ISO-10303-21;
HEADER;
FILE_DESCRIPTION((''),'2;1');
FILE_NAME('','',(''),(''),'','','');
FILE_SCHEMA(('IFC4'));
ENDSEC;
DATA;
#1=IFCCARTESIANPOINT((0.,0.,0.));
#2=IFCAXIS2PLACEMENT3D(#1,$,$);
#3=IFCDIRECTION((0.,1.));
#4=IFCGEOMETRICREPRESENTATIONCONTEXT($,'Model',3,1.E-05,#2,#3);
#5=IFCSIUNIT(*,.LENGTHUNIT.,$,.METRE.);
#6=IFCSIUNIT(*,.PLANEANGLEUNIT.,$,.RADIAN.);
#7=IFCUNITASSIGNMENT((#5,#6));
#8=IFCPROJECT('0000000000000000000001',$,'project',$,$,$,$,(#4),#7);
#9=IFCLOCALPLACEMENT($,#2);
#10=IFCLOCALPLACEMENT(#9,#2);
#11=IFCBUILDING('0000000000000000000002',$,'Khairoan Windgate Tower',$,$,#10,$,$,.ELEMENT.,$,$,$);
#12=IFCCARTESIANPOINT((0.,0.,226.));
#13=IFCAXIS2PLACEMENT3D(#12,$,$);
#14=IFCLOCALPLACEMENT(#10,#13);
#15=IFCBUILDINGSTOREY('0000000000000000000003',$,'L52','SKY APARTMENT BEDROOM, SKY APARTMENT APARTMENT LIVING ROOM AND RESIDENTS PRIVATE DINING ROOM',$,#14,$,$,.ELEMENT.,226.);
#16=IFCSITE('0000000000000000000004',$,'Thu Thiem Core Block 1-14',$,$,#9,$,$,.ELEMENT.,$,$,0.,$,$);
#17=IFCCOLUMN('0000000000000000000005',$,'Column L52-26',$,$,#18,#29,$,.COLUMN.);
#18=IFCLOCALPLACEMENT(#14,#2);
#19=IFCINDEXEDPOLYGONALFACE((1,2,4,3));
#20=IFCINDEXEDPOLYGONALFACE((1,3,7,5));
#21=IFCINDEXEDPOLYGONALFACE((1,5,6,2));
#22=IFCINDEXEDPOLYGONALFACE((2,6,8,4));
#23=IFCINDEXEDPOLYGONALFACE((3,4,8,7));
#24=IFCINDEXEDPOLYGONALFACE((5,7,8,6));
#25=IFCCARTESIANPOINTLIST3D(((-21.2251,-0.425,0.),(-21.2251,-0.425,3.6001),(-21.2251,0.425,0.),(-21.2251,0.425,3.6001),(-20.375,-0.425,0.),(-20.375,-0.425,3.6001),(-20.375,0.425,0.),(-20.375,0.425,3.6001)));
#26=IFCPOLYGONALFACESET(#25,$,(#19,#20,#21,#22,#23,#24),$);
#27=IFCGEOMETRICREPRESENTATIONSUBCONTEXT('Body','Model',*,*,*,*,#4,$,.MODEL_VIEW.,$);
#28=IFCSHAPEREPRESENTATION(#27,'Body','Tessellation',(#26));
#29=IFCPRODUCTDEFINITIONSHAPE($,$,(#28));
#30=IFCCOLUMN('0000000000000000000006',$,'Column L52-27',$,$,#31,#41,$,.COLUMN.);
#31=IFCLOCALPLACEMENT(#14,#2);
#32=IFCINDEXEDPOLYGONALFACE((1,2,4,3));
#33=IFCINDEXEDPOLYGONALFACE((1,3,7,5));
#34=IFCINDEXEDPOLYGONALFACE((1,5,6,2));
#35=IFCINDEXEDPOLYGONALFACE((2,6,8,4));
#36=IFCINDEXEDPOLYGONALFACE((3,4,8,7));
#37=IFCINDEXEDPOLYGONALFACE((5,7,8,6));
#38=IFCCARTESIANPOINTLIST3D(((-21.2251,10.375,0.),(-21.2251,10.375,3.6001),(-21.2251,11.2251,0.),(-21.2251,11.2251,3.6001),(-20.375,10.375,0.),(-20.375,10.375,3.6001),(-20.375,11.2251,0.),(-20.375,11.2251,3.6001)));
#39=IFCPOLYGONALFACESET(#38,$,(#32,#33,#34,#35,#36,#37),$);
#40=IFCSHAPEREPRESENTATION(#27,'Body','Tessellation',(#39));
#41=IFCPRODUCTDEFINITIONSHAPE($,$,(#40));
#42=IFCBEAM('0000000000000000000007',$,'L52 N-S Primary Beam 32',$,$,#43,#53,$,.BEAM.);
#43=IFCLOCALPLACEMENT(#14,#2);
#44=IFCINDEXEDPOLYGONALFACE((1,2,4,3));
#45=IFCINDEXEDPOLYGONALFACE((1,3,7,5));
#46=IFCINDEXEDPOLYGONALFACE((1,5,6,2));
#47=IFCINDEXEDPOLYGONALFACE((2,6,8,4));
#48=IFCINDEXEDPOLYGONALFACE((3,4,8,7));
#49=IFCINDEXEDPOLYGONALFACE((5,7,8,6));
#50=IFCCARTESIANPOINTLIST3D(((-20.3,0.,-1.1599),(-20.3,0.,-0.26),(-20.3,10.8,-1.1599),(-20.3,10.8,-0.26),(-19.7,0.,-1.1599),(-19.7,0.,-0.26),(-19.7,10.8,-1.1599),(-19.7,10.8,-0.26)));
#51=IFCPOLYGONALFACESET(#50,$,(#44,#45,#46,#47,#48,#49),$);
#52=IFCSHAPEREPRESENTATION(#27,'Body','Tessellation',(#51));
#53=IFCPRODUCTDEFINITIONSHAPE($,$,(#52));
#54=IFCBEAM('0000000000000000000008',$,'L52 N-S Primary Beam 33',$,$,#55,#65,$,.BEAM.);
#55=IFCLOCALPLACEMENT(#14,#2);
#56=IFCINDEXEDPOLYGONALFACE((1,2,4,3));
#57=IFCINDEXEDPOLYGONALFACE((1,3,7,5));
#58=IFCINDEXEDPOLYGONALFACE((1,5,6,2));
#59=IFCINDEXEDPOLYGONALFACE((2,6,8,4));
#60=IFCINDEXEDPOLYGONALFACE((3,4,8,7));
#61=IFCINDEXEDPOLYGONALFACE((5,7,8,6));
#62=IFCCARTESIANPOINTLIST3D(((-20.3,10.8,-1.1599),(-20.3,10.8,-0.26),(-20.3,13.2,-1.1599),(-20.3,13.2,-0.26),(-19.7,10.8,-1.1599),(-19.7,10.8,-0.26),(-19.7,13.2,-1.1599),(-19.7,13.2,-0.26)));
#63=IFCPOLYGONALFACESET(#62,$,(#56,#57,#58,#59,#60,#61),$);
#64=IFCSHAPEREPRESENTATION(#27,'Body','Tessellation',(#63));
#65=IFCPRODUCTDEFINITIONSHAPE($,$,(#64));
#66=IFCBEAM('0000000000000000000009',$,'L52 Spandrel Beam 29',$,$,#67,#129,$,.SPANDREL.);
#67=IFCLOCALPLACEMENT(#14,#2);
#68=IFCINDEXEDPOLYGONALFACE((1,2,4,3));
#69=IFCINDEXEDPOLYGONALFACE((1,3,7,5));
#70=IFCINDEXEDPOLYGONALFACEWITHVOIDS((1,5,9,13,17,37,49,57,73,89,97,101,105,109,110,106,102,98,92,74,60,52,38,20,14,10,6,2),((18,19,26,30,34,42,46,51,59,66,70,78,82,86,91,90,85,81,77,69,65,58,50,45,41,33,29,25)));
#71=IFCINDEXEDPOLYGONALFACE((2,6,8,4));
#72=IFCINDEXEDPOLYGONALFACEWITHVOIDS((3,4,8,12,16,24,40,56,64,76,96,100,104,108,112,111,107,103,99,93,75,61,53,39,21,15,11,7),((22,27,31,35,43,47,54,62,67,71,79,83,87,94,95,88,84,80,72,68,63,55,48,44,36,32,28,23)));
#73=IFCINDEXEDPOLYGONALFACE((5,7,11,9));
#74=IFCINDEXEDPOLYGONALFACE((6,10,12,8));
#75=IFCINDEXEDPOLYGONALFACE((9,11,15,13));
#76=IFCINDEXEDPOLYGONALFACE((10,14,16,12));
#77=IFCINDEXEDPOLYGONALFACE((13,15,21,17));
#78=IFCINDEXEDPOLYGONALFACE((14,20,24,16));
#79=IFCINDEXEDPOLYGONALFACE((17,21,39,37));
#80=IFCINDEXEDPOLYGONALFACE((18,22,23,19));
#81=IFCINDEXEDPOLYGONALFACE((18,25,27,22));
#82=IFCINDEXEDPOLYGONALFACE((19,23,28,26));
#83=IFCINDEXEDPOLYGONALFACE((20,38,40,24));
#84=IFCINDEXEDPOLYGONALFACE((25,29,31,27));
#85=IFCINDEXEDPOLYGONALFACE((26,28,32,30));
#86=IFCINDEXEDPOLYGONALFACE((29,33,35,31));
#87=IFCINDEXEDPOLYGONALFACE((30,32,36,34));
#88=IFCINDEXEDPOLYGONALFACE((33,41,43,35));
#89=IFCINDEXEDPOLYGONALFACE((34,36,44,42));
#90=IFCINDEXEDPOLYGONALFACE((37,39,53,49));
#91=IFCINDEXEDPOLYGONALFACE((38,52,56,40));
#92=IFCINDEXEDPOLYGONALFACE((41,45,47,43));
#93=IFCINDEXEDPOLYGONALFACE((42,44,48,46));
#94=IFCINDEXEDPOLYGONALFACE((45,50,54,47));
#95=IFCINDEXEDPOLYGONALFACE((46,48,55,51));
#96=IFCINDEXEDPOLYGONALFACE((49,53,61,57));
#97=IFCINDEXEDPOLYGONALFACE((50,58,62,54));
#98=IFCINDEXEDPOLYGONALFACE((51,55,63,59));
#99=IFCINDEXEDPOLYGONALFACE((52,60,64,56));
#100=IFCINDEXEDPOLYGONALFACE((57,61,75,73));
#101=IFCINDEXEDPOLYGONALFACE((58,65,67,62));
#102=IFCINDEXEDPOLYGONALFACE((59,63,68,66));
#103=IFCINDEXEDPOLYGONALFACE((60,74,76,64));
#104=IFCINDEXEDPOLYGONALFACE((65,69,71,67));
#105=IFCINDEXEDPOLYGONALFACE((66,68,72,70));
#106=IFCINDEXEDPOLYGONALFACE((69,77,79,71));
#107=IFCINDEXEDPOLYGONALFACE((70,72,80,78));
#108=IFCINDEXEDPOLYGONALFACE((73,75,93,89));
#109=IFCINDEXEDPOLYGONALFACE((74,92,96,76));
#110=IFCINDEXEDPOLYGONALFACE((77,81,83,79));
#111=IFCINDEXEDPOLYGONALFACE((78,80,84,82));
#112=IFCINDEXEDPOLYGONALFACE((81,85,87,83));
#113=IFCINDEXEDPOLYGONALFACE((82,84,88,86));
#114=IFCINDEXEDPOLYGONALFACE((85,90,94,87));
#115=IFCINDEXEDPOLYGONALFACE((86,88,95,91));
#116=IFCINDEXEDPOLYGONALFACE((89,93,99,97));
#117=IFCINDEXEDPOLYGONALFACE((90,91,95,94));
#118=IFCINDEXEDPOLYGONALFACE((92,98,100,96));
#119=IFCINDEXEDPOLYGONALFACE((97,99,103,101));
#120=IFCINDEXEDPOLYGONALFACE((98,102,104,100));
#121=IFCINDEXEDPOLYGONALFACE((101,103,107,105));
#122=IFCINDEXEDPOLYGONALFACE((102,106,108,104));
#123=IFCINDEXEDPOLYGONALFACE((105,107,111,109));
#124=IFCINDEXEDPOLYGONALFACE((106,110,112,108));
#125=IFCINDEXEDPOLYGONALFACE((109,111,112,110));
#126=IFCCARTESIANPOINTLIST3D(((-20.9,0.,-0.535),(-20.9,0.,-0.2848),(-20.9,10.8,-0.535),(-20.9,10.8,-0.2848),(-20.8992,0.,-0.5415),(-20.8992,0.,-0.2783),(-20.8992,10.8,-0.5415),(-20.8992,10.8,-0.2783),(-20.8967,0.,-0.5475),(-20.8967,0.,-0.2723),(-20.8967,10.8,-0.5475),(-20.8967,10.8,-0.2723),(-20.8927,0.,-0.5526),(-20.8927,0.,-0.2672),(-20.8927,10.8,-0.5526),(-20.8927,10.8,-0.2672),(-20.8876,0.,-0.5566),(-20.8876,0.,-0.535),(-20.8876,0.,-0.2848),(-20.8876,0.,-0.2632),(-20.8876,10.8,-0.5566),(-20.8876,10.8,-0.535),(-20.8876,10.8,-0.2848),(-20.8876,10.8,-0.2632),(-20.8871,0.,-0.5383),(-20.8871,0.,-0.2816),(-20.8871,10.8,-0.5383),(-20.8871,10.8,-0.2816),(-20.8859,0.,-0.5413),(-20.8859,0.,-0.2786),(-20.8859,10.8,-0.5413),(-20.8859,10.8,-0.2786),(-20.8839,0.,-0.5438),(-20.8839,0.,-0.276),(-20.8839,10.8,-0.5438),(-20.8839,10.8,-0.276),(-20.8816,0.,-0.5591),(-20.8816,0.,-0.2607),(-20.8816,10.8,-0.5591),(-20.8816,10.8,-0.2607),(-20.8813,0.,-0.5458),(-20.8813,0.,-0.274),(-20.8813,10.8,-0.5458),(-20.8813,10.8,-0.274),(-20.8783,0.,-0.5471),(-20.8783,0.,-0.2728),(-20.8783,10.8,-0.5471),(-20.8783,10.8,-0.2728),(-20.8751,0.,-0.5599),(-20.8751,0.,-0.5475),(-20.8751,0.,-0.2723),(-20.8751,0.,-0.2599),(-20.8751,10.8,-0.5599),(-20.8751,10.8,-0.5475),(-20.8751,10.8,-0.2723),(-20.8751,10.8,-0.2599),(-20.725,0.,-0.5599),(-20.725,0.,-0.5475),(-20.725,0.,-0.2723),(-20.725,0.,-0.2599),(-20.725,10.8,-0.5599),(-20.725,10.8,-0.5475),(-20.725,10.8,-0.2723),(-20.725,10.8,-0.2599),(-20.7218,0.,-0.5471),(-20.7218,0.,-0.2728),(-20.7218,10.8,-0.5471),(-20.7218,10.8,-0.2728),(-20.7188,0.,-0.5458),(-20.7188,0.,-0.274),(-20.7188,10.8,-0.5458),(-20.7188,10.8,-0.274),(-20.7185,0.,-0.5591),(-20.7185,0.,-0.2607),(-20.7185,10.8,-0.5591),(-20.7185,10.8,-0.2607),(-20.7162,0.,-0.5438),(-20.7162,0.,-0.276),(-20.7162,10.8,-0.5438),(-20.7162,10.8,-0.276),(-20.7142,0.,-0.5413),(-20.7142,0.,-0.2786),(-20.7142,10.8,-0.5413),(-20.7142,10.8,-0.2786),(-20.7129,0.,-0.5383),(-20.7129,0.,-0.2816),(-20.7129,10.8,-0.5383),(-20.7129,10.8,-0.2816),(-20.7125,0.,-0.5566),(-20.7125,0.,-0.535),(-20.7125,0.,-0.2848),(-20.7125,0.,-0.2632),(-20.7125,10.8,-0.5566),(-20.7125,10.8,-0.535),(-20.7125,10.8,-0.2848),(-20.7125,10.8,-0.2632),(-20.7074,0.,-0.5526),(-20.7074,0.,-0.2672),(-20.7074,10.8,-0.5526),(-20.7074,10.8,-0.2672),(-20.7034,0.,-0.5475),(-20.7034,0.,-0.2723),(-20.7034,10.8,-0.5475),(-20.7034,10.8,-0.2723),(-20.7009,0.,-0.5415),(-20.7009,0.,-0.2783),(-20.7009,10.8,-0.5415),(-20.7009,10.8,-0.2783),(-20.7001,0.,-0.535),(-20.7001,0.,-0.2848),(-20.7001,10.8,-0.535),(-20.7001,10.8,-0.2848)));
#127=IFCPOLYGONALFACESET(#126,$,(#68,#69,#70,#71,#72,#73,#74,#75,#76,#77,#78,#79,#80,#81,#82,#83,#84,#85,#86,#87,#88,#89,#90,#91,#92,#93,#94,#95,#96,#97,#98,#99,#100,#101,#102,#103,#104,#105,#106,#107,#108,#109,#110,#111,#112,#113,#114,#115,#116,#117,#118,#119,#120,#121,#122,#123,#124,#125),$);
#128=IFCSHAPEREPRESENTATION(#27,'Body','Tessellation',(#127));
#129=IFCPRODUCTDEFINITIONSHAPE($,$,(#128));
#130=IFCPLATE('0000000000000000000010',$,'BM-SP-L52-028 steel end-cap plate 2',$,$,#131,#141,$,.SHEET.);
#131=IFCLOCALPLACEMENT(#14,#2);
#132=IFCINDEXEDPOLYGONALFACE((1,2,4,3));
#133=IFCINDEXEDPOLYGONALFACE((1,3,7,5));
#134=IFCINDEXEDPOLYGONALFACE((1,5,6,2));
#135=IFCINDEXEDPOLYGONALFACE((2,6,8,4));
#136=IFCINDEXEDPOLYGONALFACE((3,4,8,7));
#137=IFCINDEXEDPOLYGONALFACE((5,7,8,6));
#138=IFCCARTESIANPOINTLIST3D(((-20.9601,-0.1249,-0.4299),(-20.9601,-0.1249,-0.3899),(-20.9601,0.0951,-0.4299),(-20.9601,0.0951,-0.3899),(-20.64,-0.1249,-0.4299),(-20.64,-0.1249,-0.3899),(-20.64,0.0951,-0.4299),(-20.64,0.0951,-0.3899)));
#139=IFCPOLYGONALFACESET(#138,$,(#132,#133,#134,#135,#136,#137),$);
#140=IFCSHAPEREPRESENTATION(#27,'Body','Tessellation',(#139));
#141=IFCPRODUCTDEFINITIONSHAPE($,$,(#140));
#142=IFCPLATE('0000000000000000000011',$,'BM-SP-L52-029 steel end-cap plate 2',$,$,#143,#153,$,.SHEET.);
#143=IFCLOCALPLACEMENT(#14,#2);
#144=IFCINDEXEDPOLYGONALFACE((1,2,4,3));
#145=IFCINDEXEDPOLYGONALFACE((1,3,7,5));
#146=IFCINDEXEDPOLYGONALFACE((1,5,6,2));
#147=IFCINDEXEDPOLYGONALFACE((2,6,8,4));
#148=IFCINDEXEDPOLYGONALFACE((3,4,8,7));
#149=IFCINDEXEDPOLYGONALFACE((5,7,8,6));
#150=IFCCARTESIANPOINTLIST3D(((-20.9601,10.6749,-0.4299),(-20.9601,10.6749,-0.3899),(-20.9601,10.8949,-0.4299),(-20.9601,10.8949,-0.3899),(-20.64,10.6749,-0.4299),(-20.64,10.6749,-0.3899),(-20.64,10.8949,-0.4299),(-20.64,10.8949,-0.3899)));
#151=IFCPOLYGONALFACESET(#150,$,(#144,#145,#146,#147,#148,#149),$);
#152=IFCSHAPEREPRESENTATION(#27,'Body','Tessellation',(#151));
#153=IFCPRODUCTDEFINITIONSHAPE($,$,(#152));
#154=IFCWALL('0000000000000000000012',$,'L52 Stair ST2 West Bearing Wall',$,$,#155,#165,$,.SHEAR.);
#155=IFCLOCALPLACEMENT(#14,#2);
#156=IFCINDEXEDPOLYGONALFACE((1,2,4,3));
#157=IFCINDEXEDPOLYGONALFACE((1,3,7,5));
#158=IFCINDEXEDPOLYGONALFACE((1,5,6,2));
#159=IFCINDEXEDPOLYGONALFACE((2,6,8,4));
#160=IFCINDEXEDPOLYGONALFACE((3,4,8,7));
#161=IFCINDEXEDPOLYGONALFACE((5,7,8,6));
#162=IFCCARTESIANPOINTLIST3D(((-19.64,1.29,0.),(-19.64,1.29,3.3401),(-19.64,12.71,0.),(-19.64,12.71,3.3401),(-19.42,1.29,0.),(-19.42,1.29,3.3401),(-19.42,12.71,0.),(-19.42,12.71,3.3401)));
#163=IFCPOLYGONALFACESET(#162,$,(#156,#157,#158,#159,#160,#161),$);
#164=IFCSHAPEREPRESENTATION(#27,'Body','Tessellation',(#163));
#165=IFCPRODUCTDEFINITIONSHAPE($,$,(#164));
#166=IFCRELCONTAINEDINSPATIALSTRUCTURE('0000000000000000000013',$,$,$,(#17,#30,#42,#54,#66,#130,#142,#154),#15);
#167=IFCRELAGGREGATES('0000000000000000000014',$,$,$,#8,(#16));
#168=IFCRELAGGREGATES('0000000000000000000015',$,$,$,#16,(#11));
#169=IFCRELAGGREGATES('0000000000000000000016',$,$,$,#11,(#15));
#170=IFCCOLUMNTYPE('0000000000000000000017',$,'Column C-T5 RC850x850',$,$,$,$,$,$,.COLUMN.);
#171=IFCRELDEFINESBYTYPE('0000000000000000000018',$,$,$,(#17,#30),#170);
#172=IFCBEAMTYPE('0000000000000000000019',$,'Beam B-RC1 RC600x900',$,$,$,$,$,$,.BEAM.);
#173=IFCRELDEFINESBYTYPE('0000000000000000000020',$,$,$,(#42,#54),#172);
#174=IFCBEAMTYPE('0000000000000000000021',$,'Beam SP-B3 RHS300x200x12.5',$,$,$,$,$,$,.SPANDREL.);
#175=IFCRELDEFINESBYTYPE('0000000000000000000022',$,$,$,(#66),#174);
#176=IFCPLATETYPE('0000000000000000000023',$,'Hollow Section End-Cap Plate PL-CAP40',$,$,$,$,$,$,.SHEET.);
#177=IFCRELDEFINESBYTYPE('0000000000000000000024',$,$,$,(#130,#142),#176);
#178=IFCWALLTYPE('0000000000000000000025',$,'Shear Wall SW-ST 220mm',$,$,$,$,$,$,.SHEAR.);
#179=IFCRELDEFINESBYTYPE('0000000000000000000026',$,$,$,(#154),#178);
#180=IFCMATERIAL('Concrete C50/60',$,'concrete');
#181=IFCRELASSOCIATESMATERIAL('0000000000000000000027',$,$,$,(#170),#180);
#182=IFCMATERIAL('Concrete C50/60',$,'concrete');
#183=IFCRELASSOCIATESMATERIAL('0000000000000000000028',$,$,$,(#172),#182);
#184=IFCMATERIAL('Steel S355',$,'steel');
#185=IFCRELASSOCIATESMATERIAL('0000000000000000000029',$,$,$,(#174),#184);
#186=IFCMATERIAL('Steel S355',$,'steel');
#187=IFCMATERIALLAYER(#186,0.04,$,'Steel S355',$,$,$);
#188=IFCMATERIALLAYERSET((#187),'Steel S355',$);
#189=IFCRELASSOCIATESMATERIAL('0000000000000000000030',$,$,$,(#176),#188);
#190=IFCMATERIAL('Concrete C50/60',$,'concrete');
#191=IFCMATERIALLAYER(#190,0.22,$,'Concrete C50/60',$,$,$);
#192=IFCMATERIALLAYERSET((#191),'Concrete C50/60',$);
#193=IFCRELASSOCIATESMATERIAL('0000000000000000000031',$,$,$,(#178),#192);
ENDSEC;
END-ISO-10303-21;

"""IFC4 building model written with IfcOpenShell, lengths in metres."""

from ifc_helpers import new_model, si_unit, direction, frame, frame_2d, origin, origin_2d, place, context, subcontext, project, spatial, rectangle, hollow_rectangle, extrude, material, layer, layer_set, material_profile, profile_set, type_object, element, save


model = new_model("IFC4")

# Units and contexts
model_context = context("Model", 3, precision=1e-05, world=origin(), true_north=direction((0.0, 1.0)))
body_context = subcontext(model_context, "Body", "Model", "MODEL_VIEW")
ifc_project = project(units=[si_unit("LENGTHUNIT", "METRE"), si_unit("PLANEANGLEUNIT", "RADIAN")], contexts=[model_context])

# Site, building, storey
site_placement = place(None, origin())
site = spatial("IfcSite", under=ifc_project, at=site_placement, Name="Thu Thiem Core Block 1-14", CompositionType="ELEMENT", RefElevation=0.0)
building_placement = place(site_placement, origin())
building = spatial("IfcBuilding", under=site, at=building_placement, Name="Khairoan Windgate Tower", CompositionType="ELEMENT")
storey_placement = place(building_placement, frame((0.0, 0.0, 226.0)))
storey = spatial("IfcBuildingStorey", under=building, at=storey_placement, Name="L52", Description="SKY APARTMENT BEDROOM, SKY APARTMENT APARTMENT LIVING ROOM AND RESIDENTS PRIVATE DINING ROOM", CompositionType="ELEMENT", Elevation=226.0)

# Columns
ifc_material_1 = material(Name="Concrete C50/60", Category="concrete")
ifc_material_profile_1 = material_profile(ifc_material_1, rectangle(XDim=0.8501, YDim=0.8501, at=origin_2d()))
ifc_profile_set_1 = profile_set([ifc_material_profile_1], Name="Concrete C50/60")
column_type = type_object("IfcColumnType", Name="Column C-T5 RC850x850", PredefinedType="COLUMN", material=ifc_profile_set_1)
for number, where, z_axis, x_axis, name in (
    (1, (-20.8, 0.0, 0.0), (0.0, 0.0, 1.0), (1.0, 0.0, 0.0), "Column L52-26"),
    (2, (-20.8, 10.8, 0.0), (0.0, 0.0, 1.0), (1.0, 0.0, 0.0), "Column L52-27"),
):
    element("IfcColumn", number, at=place(storey_placement, frame(where, z_axis=z_axis, x_axis=x_axis)), inside=storey, type_object=column_type, Name=name, PredefinedType="COLUMN", context=body_context, shape_type="SweptSolid", body=[
        extrude(rectangle(XDim=0.8501, YDim=0.8501, at=origin_2d()), origin(), (0.0, 0.0, 1.0), 3.6001),
    ])

# Beams
ifc_material_2 = material(Name="Concrete C50/60", Category="concrete")
ifc_material_profile_2 = material_profile(ifc_material_2, rectangle(XDim=0.6001, YDim=0.8999, at=origin_2d()))
ifc_profile_set_2 = profile_set([ifc_material_profile_2], Name="Concrete C50/60")
beam_type_1 = type_object("IfcBeamType", Name="Beam B-RC1 RC600x900", PredefinedType="BEAM", material=ifc_profile_set_2)
beam_1_placement = place(storey_placement, frame((-20.0, 0.0, -0.71), z_axis=(0.0, 1.0, 0.0), x_axis=(-1.0, 0.0, 0.0)))
element("IfcBeam", 3, at=beam_1_placement, inside=storey, type_object=beam_type_1, Name="L52 N-S Primary Beam 32", PredefinedType="BEAM", context=body_context, shape_type="SweptSolid", body=[
    extrude(rectangle(XDim=0.6001, YDim=0.8999, at=origin_2d()), origin(), (0.0, 0.0, 1.0), 10.8),
])
beam_2_placement = place(storey_placement, frame((-20.0, 10.8, -0.71), z_axis=(0.0, 1.0, 0.0), x_axis=(-1.0, 0.0, 0.0)))
element("IfcBeam", 4, at=beam_2_placement, inside=storey, type_object=beam_type_1, Name="L52 N-S Primary Beam 33", PredefinedType="BEAM", context=body_context, shape_type="SweptSolid", body=[
    extrude(rectangle(XDim=0.6001, YDim=0.8999, at=origin_2d()), origin(), (0.0, 0.0, 1.0), 2.3999),
])
ifc_material_3 = material(Name="Steel S355", Category="steel")
ifc_material_profile_3 = material_profile(ifc_material_3, hollow_rectangle(XDim=0.2, YDim=0.3, WallThickness=0.0125, InnerFilletRadius=0.0125, OuterFilletRadius=0.0249, at=origin_2d()))
ifc_profile_set_3 = profile_set([ifc_material_profile_3], Name="Steel S355")
beam_type_2 = type_object("IfcBeamType", Name="Beam SP-B3 RHS300x200x12.5", PredefinedType="SPANDREL", material=ifc_profile_set_3)
beam_3_placement = place(storey_placement, frame((-20.8, 0.0, -0.4099), z_axis=(0.0, 1.0, 0.0), x_axis=(-1.0, 0.0, 0.0)))
element("IfcBeam", 5, at=beam_3_placement, inside=storey, type_object=beam_type_2, Name="L52 Spandrel Beam 29", PredefinedType="SPANDREL", context=body_context, shape_type="SweptSolid", body=[
    extrude(hollow_rectangle(XDim=0.2, YDim=0.3, WallThickness=0.0125, InnerFilletRadius=0.0125, OuterFilletRadius=0.0249, at=origin_2d()), origin(), (0.0, 0.0, 1.0), 10.8),
])

# Plates
ifc_material_4 = material(Name="Steel S355", Category="steel")
ifc_layer_1 = layer(ifc_material_4, 0.04, Name="Steel S355")
ifc_layer_set_1 = layer_set([ifc_layer_1], Name="Steel S355")
plate_type = type_object("IfcPlateType", Name="Hollow Section End-Cap Plate PL-CAP40", PredefinedType="SHEET", material=ifc_layer_set_1)
for number, where, z_axis, x_axis, name in (
    (6, (-20.8, -0.0149, -0.4299), (0.0, 0.0, 1.0), (0.0, 1.0, 0.0), "BM-SP-L52-028 steel end-cap plate 2"),
    (7, (-20.8, 10.7849, -0.4299), (0.0, 0.0, 1.0), (0.0, 1.0, 0.0), "BM-SP-L52-029 steel end-cap plate 2"),
):
    element("IfcPlate", number, at=place(storey_placement, frame(where, z_axis=z_axis, x_axis=x_axis)), inside=storey, type_object=plate_type, Name=name, PredefinedType="SHEET", context=body_context, shape_type="SweptSolid", body=[
        extrude(rectangle(XDim=0.22, YDim=0.3201, at=origin_2d()), origin(), (0.0, 0.0, 1.0), 0.04),
    ])

# Wall
ifc_material_5 = material(Name="Concrete C50/60", Category="concrete")
ifc_layer_2 = layer(ifc_material_5, 0.22, Name="Concrete C50/60")
ifc_layer_set_2 = layer_set([ifc_layer_2], Name="Concrete C50/60")
wall_type = type_object("IfcWallType", Name="Shear Wall SW-ST 220mm", PredefinedType="SHEAR", material=ifc_layer_set_2)
wall_1_placement = place(storey_placement, frame((-19.53, 1.29, 0.0), z_axis=(0.0, 0.0, 1.0), x_axis=(0.0, 1.0, 0.0)))
element("IfcWall", 8, at=wall_1_placement, inside=storey, type_object=wall_type, Name="L52 Stair ST2 West Bearing Wall", PredefinedType="SHEAR", context=body_context, shape_type="SweptSolid", body=[
    extrude(rectangle(XDim=11.4199, YDim=0.22, at=frame_2d((5.71, 0.0))), origin(), (0.0, 0.0, 1.0), 3.3401),
])

save(model, "model.ifc")
